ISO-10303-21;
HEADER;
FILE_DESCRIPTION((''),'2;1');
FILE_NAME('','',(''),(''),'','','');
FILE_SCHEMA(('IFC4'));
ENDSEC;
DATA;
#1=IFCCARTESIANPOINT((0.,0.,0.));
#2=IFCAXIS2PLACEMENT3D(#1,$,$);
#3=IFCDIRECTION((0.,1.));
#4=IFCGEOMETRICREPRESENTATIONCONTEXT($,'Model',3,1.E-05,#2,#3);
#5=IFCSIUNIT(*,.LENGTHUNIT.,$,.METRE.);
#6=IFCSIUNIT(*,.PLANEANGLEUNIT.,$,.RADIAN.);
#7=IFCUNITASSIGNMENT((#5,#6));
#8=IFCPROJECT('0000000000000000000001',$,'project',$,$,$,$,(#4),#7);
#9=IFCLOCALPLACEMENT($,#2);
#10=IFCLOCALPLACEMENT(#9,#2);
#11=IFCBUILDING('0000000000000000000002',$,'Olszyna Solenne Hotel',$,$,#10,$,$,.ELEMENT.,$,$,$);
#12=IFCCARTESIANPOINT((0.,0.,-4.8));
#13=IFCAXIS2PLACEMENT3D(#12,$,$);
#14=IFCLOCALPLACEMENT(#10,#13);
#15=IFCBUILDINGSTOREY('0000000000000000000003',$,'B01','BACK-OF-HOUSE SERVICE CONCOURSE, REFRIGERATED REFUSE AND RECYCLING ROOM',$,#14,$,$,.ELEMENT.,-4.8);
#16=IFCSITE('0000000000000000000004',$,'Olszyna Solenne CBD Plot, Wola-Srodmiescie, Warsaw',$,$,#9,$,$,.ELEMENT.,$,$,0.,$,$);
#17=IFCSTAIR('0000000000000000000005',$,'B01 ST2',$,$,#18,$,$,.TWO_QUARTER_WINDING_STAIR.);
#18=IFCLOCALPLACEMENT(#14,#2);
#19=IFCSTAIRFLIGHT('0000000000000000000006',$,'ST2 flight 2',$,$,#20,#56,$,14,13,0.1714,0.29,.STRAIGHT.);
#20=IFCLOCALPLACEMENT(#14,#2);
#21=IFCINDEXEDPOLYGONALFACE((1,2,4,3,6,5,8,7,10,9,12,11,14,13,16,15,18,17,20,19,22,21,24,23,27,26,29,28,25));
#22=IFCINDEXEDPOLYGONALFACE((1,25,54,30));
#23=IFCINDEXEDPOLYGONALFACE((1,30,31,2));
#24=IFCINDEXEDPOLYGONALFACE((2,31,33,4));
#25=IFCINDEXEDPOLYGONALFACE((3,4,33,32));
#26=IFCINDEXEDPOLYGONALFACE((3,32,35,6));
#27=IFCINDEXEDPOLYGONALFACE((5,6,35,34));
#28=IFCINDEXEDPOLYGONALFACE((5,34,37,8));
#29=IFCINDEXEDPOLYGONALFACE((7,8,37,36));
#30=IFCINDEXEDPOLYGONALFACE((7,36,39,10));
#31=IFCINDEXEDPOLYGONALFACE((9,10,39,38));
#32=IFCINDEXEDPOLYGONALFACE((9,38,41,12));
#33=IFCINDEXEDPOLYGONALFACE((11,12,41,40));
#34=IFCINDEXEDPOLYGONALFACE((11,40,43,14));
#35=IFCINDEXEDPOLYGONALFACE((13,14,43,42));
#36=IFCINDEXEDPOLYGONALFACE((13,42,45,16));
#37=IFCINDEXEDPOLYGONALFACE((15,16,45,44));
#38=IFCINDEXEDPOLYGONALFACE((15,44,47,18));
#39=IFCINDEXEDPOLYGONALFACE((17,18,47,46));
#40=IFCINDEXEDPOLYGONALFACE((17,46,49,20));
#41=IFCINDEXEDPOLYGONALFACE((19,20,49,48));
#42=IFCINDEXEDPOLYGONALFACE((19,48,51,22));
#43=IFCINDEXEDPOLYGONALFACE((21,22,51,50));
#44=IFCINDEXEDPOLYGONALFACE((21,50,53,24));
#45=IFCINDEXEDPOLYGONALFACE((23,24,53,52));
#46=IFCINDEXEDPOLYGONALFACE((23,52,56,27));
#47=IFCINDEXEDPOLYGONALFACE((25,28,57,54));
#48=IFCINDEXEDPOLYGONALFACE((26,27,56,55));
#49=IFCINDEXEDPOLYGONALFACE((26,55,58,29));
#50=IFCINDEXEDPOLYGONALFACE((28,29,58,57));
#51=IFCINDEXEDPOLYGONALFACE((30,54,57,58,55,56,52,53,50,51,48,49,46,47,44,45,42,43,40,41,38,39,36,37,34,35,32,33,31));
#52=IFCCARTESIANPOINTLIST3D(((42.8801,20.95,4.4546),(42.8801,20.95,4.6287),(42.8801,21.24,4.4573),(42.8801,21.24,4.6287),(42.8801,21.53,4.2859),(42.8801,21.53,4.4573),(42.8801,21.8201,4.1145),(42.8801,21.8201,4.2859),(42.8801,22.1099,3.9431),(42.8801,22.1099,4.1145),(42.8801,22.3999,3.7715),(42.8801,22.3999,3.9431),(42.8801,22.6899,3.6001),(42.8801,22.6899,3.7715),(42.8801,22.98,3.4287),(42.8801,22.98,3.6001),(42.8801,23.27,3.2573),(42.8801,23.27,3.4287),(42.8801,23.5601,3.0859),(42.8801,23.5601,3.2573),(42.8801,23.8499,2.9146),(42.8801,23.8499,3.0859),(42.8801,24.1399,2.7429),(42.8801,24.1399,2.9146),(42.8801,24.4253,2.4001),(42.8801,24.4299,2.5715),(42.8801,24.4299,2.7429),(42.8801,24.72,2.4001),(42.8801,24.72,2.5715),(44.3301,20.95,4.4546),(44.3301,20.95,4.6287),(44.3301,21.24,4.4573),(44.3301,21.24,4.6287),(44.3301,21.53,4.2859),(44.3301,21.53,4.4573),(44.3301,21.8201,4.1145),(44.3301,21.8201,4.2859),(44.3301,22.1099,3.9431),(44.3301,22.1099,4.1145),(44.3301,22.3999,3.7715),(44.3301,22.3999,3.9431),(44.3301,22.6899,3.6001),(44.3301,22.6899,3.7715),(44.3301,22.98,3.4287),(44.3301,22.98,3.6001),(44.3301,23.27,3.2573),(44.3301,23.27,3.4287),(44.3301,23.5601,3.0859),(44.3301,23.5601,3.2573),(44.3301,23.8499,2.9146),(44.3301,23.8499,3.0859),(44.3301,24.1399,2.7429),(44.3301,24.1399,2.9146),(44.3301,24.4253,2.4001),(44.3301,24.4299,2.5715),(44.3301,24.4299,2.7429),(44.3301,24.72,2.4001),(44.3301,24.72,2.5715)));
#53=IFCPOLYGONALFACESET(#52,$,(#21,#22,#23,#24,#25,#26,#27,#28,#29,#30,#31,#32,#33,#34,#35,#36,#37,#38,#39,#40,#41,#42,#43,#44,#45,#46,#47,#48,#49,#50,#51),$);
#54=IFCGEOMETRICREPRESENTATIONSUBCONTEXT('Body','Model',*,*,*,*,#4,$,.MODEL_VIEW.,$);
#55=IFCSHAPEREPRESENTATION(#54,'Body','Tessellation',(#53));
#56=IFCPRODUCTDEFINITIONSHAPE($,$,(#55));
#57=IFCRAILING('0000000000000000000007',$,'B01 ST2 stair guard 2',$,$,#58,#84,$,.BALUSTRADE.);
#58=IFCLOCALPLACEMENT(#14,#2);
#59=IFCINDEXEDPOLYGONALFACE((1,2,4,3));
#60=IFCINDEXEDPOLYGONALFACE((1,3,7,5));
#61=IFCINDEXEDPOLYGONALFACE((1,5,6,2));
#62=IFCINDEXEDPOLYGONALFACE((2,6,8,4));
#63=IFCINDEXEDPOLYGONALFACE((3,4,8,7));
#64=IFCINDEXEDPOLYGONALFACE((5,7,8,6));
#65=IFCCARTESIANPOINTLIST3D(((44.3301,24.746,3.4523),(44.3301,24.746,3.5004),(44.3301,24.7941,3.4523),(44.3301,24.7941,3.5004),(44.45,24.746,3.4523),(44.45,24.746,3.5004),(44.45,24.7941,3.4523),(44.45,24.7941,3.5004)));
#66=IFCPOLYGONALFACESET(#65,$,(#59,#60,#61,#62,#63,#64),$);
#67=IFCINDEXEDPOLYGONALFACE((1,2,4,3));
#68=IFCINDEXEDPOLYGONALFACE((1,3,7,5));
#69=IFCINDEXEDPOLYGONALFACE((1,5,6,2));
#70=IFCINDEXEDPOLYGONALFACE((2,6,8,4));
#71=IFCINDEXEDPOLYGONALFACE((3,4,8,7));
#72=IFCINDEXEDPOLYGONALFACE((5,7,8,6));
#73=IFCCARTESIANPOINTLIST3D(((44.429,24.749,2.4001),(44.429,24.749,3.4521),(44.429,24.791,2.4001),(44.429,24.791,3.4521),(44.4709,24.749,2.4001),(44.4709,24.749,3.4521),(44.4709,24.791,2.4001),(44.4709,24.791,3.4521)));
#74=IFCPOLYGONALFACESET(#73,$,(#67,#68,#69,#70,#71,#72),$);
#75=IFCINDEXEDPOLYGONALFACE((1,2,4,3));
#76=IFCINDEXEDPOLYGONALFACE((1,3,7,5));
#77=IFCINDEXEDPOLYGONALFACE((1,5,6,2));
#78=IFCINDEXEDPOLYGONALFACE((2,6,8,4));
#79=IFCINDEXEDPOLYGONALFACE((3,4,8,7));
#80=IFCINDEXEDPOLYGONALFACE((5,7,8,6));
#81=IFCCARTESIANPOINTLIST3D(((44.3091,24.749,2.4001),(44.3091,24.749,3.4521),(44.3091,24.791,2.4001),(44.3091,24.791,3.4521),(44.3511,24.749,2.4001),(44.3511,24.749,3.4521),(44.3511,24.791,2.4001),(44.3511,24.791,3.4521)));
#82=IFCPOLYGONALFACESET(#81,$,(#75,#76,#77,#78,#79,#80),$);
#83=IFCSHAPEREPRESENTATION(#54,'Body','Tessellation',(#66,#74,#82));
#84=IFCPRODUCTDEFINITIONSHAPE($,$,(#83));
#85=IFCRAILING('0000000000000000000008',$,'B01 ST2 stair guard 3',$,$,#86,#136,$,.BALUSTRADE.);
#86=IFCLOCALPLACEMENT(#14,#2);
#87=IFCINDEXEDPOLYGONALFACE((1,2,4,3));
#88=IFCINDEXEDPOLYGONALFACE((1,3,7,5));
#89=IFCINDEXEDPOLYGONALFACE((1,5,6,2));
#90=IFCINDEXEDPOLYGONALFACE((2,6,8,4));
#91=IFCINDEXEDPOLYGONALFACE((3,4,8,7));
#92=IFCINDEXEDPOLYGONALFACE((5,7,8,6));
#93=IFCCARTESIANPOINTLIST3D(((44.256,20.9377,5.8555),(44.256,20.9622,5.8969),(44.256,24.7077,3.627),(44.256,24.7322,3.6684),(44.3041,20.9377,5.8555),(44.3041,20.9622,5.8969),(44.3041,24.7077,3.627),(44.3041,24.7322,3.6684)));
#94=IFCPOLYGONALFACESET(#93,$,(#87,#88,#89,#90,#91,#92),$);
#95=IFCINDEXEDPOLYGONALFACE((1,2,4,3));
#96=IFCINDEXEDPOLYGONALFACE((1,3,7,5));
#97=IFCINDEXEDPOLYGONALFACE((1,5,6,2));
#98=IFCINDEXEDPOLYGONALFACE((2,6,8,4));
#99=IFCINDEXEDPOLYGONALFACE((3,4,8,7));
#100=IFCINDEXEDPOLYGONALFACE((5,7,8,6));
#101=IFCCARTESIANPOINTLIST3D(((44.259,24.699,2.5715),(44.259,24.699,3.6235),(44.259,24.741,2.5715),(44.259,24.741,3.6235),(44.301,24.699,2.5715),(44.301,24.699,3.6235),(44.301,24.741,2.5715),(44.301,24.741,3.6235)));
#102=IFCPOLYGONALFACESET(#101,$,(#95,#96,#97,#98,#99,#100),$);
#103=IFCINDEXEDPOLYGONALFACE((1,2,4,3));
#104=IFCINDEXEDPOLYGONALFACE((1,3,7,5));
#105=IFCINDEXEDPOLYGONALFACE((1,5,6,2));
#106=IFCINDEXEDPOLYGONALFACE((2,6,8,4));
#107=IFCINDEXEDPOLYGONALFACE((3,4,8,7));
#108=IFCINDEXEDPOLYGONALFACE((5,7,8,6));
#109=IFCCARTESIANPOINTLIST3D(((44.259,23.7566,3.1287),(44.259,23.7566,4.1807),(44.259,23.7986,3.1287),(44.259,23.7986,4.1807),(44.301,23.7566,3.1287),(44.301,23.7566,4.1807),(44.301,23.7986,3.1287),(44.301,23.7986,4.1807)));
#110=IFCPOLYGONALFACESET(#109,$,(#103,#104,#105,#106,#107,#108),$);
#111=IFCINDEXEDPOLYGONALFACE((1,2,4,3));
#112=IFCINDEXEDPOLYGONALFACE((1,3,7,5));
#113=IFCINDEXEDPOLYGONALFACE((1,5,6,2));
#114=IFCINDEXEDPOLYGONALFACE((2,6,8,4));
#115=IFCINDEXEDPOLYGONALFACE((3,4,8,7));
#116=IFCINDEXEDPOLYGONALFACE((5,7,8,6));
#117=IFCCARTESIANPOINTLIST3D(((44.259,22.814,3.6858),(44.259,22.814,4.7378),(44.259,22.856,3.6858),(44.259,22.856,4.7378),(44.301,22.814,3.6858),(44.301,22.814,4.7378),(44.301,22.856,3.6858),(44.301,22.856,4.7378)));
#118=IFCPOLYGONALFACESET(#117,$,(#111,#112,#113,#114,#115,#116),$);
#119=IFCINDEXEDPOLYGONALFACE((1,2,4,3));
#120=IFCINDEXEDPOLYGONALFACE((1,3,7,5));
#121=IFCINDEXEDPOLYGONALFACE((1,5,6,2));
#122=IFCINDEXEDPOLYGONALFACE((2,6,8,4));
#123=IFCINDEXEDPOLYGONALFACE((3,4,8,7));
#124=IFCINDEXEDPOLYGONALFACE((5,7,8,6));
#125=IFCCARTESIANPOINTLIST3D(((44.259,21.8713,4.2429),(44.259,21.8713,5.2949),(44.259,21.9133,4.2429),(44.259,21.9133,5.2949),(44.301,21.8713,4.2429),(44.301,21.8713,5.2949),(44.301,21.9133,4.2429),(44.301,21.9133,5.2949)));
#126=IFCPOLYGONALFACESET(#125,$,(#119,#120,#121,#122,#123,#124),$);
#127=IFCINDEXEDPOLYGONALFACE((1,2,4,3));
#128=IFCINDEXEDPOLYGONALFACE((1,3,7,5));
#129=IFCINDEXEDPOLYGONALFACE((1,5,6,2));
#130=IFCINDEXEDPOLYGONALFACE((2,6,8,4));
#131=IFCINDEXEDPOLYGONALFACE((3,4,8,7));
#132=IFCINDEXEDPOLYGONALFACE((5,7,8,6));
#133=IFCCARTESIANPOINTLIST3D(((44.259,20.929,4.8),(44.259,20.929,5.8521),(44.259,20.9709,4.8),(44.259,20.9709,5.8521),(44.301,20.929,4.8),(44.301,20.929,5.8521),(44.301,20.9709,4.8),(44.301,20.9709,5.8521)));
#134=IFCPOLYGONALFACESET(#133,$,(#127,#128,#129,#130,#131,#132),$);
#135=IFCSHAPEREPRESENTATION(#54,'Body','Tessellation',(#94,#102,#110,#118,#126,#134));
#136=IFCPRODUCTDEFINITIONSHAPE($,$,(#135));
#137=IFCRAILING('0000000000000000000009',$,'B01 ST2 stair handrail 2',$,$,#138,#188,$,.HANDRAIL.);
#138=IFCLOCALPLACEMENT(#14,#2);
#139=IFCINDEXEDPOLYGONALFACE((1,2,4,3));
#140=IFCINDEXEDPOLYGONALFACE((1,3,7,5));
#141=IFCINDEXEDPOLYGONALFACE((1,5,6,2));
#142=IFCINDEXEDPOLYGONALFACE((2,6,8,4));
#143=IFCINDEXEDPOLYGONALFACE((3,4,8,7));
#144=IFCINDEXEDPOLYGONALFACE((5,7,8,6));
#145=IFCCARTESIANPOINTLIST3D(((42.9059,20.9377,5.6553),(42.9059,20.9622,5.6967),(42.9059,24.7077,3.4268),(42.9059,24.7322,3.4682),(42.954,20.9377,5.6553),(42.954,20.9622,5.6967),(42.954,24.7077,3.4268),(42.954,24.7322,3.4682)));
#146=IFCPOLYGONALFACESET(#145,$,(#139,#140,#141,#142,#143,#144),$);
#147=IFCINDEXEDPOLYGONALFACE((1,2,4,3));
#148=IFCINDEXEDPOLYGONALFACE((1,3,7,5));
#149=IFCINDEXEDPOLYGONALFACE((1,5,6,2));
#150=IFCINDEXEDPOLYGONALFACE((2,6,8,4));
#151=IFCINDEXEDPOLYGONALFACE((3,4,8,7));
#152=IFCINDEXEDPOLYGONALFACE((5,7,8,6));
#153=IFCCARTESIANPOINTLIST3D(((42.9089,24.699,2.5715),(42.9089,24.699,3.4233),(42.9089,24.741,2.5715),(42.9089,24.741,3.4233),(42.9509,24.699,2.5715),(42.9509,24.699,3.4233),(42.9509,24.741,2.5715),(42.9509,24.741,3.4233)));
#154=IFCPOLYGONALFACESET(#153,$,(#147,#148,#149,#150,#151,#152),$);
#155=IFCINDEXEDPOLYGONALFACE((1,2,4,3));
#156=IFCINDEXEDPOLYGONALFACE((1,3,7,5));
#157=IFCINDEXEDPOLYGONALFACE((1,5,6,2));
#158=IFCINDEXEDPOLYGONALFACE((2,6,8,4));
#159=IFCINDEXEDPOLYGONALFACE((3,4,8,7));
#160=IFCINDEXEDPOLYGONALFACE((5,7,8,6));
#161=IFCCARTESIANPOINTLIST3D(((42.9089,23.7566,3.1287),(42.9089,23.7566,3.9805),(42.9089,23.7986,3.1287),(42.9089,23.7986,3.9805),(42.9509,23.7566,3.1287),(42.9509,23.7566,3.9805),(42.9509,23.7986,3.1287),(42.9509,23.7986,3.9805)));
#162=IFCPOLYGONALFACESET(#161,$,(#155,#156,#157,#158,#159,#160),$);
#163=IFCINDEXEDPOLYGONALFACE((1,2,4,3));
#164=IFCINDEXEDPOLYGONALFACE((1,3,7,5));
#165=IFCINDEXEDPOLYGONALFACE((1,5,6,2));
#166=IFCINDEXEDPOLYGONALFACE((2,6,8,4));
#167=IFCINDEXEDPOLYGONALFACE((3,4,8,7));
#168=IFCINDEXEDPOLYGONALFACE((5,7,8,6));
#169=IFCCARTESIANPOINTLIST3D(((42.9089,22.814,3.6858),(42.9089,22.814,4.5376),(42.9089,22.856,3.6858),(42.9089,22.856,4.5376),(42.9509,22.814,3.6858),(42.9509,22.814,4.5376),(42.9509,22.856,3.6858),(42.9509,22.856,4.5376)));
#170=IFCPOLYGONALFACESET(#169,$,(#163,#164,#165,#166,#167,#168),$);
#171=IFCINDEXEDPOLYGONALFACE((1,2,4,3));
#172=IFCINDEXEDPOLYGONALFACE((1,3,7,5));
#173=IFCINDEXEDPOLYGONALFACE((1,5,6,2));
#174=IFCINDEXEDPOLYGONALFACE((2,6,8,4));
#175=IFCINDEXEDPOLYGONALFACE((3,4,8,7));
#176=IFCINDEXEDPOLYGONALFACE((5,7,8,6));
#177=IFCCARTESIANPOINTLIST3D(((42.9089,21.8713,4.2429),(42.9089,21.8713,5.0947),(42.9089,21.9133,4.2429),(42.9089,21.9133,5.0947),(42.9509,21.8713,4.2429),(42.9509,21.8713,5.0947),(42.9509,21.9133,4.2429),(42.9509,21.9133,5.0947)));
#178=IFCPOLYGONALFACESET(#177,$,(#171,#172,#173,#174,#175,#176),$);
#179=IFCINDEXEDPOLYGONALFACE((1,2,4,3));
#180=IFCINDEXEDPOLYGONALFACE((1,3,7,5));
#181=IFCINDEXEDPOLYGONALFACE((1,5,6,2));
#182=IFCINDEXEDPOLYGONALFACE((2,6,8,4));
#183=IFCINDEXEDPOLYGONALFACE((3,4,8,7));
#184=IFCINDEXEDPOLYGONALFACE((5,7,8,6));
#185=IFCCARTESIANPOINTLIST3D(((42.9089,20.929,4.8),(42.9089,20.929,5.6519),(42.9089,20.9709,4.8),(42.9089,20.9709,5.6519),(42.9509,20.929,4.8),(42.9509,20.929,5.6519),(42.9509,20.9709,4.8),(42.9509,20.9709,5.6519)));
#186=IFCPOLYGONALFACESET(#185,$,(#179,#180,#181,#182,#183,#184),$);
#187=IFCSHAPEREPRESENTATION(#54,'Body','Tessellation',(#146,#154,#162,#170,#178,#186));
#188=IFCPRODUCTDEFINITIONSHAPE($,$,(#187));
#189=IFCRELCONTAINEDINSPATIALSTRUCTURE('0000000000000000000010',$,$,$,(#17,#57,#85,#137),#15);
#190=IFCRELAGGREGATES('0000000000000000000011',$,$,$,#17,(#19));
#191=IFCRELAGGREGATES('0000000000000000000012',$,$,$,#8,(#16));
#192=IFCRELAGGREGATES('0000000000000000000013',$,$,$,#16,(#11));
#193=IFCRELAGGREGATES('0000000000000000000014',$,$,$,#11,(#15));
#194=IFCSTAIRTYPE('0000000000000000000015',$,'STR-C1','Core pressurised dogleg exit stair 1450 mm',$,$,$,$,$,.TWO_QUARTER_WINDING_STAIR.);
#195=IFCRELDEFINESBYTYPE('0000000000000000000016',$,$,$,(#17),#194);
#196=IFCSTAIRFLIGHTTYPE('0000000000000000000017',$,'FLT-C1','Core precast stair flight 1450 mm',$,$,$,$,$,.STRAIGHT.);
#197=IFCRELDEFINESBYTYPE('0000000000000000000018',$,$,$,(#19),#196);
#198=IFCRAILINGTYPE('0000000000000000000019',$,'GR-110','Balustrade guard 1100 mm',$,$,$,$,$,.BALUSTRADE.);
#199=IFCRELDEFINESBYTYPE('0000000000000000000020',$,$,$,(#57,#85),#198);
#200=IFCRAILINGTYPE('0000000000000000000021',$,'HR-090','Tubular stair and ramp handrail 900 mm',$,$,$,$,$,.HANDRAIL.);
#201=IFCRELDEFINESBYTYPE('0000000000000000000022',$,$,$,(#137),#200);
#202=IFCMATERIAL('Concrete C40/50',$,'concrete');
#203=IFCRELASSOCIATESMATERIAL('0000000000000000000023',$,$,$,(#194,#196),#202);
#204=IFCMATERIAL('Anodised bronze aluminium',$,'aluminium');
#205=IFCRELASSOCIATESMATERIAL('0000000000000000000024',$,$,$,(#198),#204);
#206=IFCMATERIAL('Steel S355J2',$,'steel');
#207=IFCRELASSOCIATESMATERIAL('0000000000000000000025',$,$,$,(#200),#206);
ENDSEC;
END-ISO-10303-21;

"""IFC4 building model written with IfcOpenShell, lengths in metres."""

from ifc_helpers import new_model, si_unit, direction, frame, origin, origin_2d, place, context, subcontext, project, spatial, polyline, rectangle, outline, extrude, material, type_object, element, aggregate, save


model = new_model("IFC4")

# Units and contexts
model_context = context("Model", 3, precision=1e-05, world=origin(), true_north=direction((0.0, 1.0)))
body_context = subcontext(model_context, "Body", "Model", "MODEL_VIEW")
ifc_project = project(units=[si_unit("LENGTHUNIT", "METRE"), si_unit("PLANEANGLEUNIT", "RADIAN")], contexts=[model_context])

# Site, building, storey
site_placement = place(None, origin())
site = spatial("IfcSite", under=ifc_project, at=site_placement, Name="Olszyna Solenne CBD Plot, Wola-Srodmiescie, Warsaw", CompositionType="ELEMENT", RefElevation=0.0)
building_placement = place(site_placement, origin())
building = spatial("IfcBuilding", under=site, at=building_placement, Name="Olszyna Solenne Hotel", CompositionType="ELEMENT")
storey_placement = place(building_placement, frame((0.0, 0.0, -4.8)))
storey = spatial("IfcBuildingStorey", under=building, at=storey_placement, Name="B01", Description="BACK-OF-HOUSE SERVICE CONCOURSE, REFRIGERATED REFUSE AND RECYCLING ROOM", CompositionType="ELEMENT", Elevation=-4.8)

# Shared definitions
ifc_material_1 = material(Name="Steel S355J2", Category="steel")

# Stair, stair flight
ifc_material_2 = material(Name="Concrete C40/50", Category="concrete")
stair_type = type_object("IfcStairType", Name="STR-C1", Description="Core pressurised dogleg exit stair 1450 mm", PredefinedType="TWO_QUARTER_WINDING_STAIR", material=ifc_material_2)
stair_placement = place(storey_placement, origin())
stair = element("IfcStair", 1, at=stair_placement, inside=storey, type_object=stair_type, Name="B01 ST2", PredefinedType="TWO_QUARTER_WINDING_STAIR")
stair_flight_type = type_object("IfcStairFlightType", Name="FLT-C1", Description="Core precast stair flight 1450 mm", PredefinedType="STRAIGHT", material=ifc_material_2)
stair_flight_placement = place(storey_placement, frame((43.605, 24.72, 2.4001), z_axis=(0.0, 0.0, 1.0), x_axis=(0.0, -1.0, 0.0)))
stair_flight = element("IfcStairFlight", 2, at=stair_flight_placement, type_object=stair_flight_type, Name="ST2 flight 2", NumberOfRisers=14, NumberOfTreads=13, PredefinedType="STRAIGHT", RiserHeight=0.1714, TreadLength=0.29, context=body_context, shape_type="SweptSolid", body=[
    extrude(outline(polyline([(0.0, 0.0), (0.0, 0.1714), (0.29, 0.1714), (0.29, 0.3428), (0.5801, 0.3428), (0.5801, 0.5144), (0.8701, 0.5144), (0.8701, 0.6858), (1.1599, 0.6858), (1.1599, 0.8572), (1.45, 0.8572), (1.45, 1.0286), (1.74, 1.0286), (1.74, 1.2), (2.03, 1.2), (2.03, 1.3713), (2.3201, 1.3713), (2.3201, 1.543), (2.6101, 1.543), (2.6101, 1.7144), (2.8999, 1.7144), (2.8999, 1.8857), (3.1899, 1.8857), (3.1899, 2.0571), (3.48, 2.0571), (3.48, 2.2285), (3.77, 2.2285), (3.77, 2.3999), (3.77, 2.0544), (0.2947, 0.0), (0.0, 0.0)])), frame((0.0, 0.7251, 0.0), z_axis=(0.0, -1.0, 0.0), x_axis=(1.0, 0.0, 0.0)), (0.0, 0.0, 1.0), 1.45),
])
aggregate(stair, [stair_flight])

# Railings
ifc_material_3 = material(Name="Anodised bronze aluminium", Category="aluminium")
railing_type_1 = type_object("IfcRailingType", Name="GR-110", Description="Balustrade guard 1100 mm", PredefinedType="BALUSTRADE", material=ifc_material_3)
railing_1_placement = place(storey_placement, frame((44.45, 24.77, 2.4001)))
element("IfcRailing", 3, at=railing_1_placement, inside=storey, type_object=railing_type_1, Name="B01 ST2 stair guard 2", PredefinedType="BALUSTRADE", context=body_context, shape_type="SweptSolid", body=[
    extrude(rectangle(XDim=0.0481, YDim=0.0481, at=origin_2d()), frame((0.0, 0.0, 1.0762), z_axis=(-1.0, 0.0, 0.0), x_axis=(0.0, -1.0, 0.0)), (0.0, 0.0, 1.0), 0.1199),
    extrude(rectangle(XDim=0.042, YDim=0.042, at=origin_2d()), origin(), (0.0, 0.0, 1.0), 1.052),
    extrude(rectangle(XDim=0.042, YDim=0.042, at=origin_2d()), frame((-0.1199, 0.0, 0.0)), (0.0, 0.0, 1.0), 1.052),
])
railing_2_placement = place(storey_placement, frame((44.28, 24.72, 2.5715)))
element("IfcRailing", 4, at=railing_2_placement, inside=storey, type_object=railing_type_1, Name="B01 ST2 stair guard 3", PredefinedType="BALUSTRADE", context=body_context, shape_type="SweptSolid", body=[
    extrude(rectangle(XDim=0.0481, YDim=0.0481, at=origin_2d()), frame((0.0, 0.0, 1.0762), z_axis=(0.0, -0.860849, 0.508861), x_axis=(1.0, 0.0, 0.0)), (0.0, 0.0, 1.0), 4.3794),
    extrude(rectangle(XDim=0.042, YDim=0.042, at=origin_2d()), origin(), (0.0, 0.0, 1.0), 1.052),
    extrude(rectangle(XDim=0.042, YDim=0.042, at=origin_2d()), frame((0.0, -0.9424, 0.5571)), (0.0, 0.0, 1.0), 1.052),
    extrude(rectangle(XDim=0.042, YDim=0.042, at=origin_2d()), frame((0.0, -1.885, 1.1143)), (0.0, 0.0, 1.0), 1.052),
    extrude(rectangle(XDim=0.042, YDim=0.042, at=origin_2d()), frame((0.0, -2.8276, 1.6714)), (0.0, 0.0, 1.0), 1.052),
    extrude(rectangle(XDim=0.042, YDim=0.042, at=origin_2d()), frame((0.0, -3.77, 2.2285)), (0.0, 0.0, 1.0), 1.052),
])
railing_type_2 = type_object("IfcRailingType", Name="HR-090", Description="Tubular stair and ramp handrail 900 mm", PredefinedType="HANDRAIL", material=ifc_material_1)
railing_3_placement = place(storey_placement, frame((42.9299, 24.72, 2.5715)))
element("IfcRailing", 5, at=railing_3_placement, inside=storey, type_object=railing_type_2, Name="B01 ST2 stair handrail 2", PredefinedType="HANDRAIL", context=body_context, shape_type="SweptSolid", body=[
    extrude(rectangle(XDim=0.0481, YDim=0.0481, at=origin_2d()), frame((0.0, 0.0, 0.876), z_axis=(0.0, -0.860849, 0.508861), x_axis=(1.0, 0.0, 0.0)), (0.0, 0.0, 1.0), 4.3794),
    extrude(rectangle(XDim=0.042, YDim=0.042, at=origin_2d()), origin(), (0.0, 0.0, 1.0), 0.8518),
    extrude(rectangle(XDim=0.042, YDim=0.042, at=origin_2d()), frame((0.0, -0.9424, 0.5571)), (0.0, 0.0, 1.0), 0.8518),
    extrude(rectangle(XDim=0.042, YDim=0.042, at=origin_2d()), frame((0.0, -1.885, 1.1143)), (0.0, 0.0, 1.0), 0.8518),
    extrude(rectangle(XDim=0.042, YDim=0.042, at=origin_2d()), frame((0.0, -2.8276, 1.6714)), (0.0, 0.0, 1.0), 0.8518),
    extrude(rectangle(XDim=0.042, YDim=0.042, at=origin_2d()), frame((0.0, -3.77, 2.2285)), (0.0, 0.0, 1.0), 0.8518),
])

save(model, "model.ifc")
